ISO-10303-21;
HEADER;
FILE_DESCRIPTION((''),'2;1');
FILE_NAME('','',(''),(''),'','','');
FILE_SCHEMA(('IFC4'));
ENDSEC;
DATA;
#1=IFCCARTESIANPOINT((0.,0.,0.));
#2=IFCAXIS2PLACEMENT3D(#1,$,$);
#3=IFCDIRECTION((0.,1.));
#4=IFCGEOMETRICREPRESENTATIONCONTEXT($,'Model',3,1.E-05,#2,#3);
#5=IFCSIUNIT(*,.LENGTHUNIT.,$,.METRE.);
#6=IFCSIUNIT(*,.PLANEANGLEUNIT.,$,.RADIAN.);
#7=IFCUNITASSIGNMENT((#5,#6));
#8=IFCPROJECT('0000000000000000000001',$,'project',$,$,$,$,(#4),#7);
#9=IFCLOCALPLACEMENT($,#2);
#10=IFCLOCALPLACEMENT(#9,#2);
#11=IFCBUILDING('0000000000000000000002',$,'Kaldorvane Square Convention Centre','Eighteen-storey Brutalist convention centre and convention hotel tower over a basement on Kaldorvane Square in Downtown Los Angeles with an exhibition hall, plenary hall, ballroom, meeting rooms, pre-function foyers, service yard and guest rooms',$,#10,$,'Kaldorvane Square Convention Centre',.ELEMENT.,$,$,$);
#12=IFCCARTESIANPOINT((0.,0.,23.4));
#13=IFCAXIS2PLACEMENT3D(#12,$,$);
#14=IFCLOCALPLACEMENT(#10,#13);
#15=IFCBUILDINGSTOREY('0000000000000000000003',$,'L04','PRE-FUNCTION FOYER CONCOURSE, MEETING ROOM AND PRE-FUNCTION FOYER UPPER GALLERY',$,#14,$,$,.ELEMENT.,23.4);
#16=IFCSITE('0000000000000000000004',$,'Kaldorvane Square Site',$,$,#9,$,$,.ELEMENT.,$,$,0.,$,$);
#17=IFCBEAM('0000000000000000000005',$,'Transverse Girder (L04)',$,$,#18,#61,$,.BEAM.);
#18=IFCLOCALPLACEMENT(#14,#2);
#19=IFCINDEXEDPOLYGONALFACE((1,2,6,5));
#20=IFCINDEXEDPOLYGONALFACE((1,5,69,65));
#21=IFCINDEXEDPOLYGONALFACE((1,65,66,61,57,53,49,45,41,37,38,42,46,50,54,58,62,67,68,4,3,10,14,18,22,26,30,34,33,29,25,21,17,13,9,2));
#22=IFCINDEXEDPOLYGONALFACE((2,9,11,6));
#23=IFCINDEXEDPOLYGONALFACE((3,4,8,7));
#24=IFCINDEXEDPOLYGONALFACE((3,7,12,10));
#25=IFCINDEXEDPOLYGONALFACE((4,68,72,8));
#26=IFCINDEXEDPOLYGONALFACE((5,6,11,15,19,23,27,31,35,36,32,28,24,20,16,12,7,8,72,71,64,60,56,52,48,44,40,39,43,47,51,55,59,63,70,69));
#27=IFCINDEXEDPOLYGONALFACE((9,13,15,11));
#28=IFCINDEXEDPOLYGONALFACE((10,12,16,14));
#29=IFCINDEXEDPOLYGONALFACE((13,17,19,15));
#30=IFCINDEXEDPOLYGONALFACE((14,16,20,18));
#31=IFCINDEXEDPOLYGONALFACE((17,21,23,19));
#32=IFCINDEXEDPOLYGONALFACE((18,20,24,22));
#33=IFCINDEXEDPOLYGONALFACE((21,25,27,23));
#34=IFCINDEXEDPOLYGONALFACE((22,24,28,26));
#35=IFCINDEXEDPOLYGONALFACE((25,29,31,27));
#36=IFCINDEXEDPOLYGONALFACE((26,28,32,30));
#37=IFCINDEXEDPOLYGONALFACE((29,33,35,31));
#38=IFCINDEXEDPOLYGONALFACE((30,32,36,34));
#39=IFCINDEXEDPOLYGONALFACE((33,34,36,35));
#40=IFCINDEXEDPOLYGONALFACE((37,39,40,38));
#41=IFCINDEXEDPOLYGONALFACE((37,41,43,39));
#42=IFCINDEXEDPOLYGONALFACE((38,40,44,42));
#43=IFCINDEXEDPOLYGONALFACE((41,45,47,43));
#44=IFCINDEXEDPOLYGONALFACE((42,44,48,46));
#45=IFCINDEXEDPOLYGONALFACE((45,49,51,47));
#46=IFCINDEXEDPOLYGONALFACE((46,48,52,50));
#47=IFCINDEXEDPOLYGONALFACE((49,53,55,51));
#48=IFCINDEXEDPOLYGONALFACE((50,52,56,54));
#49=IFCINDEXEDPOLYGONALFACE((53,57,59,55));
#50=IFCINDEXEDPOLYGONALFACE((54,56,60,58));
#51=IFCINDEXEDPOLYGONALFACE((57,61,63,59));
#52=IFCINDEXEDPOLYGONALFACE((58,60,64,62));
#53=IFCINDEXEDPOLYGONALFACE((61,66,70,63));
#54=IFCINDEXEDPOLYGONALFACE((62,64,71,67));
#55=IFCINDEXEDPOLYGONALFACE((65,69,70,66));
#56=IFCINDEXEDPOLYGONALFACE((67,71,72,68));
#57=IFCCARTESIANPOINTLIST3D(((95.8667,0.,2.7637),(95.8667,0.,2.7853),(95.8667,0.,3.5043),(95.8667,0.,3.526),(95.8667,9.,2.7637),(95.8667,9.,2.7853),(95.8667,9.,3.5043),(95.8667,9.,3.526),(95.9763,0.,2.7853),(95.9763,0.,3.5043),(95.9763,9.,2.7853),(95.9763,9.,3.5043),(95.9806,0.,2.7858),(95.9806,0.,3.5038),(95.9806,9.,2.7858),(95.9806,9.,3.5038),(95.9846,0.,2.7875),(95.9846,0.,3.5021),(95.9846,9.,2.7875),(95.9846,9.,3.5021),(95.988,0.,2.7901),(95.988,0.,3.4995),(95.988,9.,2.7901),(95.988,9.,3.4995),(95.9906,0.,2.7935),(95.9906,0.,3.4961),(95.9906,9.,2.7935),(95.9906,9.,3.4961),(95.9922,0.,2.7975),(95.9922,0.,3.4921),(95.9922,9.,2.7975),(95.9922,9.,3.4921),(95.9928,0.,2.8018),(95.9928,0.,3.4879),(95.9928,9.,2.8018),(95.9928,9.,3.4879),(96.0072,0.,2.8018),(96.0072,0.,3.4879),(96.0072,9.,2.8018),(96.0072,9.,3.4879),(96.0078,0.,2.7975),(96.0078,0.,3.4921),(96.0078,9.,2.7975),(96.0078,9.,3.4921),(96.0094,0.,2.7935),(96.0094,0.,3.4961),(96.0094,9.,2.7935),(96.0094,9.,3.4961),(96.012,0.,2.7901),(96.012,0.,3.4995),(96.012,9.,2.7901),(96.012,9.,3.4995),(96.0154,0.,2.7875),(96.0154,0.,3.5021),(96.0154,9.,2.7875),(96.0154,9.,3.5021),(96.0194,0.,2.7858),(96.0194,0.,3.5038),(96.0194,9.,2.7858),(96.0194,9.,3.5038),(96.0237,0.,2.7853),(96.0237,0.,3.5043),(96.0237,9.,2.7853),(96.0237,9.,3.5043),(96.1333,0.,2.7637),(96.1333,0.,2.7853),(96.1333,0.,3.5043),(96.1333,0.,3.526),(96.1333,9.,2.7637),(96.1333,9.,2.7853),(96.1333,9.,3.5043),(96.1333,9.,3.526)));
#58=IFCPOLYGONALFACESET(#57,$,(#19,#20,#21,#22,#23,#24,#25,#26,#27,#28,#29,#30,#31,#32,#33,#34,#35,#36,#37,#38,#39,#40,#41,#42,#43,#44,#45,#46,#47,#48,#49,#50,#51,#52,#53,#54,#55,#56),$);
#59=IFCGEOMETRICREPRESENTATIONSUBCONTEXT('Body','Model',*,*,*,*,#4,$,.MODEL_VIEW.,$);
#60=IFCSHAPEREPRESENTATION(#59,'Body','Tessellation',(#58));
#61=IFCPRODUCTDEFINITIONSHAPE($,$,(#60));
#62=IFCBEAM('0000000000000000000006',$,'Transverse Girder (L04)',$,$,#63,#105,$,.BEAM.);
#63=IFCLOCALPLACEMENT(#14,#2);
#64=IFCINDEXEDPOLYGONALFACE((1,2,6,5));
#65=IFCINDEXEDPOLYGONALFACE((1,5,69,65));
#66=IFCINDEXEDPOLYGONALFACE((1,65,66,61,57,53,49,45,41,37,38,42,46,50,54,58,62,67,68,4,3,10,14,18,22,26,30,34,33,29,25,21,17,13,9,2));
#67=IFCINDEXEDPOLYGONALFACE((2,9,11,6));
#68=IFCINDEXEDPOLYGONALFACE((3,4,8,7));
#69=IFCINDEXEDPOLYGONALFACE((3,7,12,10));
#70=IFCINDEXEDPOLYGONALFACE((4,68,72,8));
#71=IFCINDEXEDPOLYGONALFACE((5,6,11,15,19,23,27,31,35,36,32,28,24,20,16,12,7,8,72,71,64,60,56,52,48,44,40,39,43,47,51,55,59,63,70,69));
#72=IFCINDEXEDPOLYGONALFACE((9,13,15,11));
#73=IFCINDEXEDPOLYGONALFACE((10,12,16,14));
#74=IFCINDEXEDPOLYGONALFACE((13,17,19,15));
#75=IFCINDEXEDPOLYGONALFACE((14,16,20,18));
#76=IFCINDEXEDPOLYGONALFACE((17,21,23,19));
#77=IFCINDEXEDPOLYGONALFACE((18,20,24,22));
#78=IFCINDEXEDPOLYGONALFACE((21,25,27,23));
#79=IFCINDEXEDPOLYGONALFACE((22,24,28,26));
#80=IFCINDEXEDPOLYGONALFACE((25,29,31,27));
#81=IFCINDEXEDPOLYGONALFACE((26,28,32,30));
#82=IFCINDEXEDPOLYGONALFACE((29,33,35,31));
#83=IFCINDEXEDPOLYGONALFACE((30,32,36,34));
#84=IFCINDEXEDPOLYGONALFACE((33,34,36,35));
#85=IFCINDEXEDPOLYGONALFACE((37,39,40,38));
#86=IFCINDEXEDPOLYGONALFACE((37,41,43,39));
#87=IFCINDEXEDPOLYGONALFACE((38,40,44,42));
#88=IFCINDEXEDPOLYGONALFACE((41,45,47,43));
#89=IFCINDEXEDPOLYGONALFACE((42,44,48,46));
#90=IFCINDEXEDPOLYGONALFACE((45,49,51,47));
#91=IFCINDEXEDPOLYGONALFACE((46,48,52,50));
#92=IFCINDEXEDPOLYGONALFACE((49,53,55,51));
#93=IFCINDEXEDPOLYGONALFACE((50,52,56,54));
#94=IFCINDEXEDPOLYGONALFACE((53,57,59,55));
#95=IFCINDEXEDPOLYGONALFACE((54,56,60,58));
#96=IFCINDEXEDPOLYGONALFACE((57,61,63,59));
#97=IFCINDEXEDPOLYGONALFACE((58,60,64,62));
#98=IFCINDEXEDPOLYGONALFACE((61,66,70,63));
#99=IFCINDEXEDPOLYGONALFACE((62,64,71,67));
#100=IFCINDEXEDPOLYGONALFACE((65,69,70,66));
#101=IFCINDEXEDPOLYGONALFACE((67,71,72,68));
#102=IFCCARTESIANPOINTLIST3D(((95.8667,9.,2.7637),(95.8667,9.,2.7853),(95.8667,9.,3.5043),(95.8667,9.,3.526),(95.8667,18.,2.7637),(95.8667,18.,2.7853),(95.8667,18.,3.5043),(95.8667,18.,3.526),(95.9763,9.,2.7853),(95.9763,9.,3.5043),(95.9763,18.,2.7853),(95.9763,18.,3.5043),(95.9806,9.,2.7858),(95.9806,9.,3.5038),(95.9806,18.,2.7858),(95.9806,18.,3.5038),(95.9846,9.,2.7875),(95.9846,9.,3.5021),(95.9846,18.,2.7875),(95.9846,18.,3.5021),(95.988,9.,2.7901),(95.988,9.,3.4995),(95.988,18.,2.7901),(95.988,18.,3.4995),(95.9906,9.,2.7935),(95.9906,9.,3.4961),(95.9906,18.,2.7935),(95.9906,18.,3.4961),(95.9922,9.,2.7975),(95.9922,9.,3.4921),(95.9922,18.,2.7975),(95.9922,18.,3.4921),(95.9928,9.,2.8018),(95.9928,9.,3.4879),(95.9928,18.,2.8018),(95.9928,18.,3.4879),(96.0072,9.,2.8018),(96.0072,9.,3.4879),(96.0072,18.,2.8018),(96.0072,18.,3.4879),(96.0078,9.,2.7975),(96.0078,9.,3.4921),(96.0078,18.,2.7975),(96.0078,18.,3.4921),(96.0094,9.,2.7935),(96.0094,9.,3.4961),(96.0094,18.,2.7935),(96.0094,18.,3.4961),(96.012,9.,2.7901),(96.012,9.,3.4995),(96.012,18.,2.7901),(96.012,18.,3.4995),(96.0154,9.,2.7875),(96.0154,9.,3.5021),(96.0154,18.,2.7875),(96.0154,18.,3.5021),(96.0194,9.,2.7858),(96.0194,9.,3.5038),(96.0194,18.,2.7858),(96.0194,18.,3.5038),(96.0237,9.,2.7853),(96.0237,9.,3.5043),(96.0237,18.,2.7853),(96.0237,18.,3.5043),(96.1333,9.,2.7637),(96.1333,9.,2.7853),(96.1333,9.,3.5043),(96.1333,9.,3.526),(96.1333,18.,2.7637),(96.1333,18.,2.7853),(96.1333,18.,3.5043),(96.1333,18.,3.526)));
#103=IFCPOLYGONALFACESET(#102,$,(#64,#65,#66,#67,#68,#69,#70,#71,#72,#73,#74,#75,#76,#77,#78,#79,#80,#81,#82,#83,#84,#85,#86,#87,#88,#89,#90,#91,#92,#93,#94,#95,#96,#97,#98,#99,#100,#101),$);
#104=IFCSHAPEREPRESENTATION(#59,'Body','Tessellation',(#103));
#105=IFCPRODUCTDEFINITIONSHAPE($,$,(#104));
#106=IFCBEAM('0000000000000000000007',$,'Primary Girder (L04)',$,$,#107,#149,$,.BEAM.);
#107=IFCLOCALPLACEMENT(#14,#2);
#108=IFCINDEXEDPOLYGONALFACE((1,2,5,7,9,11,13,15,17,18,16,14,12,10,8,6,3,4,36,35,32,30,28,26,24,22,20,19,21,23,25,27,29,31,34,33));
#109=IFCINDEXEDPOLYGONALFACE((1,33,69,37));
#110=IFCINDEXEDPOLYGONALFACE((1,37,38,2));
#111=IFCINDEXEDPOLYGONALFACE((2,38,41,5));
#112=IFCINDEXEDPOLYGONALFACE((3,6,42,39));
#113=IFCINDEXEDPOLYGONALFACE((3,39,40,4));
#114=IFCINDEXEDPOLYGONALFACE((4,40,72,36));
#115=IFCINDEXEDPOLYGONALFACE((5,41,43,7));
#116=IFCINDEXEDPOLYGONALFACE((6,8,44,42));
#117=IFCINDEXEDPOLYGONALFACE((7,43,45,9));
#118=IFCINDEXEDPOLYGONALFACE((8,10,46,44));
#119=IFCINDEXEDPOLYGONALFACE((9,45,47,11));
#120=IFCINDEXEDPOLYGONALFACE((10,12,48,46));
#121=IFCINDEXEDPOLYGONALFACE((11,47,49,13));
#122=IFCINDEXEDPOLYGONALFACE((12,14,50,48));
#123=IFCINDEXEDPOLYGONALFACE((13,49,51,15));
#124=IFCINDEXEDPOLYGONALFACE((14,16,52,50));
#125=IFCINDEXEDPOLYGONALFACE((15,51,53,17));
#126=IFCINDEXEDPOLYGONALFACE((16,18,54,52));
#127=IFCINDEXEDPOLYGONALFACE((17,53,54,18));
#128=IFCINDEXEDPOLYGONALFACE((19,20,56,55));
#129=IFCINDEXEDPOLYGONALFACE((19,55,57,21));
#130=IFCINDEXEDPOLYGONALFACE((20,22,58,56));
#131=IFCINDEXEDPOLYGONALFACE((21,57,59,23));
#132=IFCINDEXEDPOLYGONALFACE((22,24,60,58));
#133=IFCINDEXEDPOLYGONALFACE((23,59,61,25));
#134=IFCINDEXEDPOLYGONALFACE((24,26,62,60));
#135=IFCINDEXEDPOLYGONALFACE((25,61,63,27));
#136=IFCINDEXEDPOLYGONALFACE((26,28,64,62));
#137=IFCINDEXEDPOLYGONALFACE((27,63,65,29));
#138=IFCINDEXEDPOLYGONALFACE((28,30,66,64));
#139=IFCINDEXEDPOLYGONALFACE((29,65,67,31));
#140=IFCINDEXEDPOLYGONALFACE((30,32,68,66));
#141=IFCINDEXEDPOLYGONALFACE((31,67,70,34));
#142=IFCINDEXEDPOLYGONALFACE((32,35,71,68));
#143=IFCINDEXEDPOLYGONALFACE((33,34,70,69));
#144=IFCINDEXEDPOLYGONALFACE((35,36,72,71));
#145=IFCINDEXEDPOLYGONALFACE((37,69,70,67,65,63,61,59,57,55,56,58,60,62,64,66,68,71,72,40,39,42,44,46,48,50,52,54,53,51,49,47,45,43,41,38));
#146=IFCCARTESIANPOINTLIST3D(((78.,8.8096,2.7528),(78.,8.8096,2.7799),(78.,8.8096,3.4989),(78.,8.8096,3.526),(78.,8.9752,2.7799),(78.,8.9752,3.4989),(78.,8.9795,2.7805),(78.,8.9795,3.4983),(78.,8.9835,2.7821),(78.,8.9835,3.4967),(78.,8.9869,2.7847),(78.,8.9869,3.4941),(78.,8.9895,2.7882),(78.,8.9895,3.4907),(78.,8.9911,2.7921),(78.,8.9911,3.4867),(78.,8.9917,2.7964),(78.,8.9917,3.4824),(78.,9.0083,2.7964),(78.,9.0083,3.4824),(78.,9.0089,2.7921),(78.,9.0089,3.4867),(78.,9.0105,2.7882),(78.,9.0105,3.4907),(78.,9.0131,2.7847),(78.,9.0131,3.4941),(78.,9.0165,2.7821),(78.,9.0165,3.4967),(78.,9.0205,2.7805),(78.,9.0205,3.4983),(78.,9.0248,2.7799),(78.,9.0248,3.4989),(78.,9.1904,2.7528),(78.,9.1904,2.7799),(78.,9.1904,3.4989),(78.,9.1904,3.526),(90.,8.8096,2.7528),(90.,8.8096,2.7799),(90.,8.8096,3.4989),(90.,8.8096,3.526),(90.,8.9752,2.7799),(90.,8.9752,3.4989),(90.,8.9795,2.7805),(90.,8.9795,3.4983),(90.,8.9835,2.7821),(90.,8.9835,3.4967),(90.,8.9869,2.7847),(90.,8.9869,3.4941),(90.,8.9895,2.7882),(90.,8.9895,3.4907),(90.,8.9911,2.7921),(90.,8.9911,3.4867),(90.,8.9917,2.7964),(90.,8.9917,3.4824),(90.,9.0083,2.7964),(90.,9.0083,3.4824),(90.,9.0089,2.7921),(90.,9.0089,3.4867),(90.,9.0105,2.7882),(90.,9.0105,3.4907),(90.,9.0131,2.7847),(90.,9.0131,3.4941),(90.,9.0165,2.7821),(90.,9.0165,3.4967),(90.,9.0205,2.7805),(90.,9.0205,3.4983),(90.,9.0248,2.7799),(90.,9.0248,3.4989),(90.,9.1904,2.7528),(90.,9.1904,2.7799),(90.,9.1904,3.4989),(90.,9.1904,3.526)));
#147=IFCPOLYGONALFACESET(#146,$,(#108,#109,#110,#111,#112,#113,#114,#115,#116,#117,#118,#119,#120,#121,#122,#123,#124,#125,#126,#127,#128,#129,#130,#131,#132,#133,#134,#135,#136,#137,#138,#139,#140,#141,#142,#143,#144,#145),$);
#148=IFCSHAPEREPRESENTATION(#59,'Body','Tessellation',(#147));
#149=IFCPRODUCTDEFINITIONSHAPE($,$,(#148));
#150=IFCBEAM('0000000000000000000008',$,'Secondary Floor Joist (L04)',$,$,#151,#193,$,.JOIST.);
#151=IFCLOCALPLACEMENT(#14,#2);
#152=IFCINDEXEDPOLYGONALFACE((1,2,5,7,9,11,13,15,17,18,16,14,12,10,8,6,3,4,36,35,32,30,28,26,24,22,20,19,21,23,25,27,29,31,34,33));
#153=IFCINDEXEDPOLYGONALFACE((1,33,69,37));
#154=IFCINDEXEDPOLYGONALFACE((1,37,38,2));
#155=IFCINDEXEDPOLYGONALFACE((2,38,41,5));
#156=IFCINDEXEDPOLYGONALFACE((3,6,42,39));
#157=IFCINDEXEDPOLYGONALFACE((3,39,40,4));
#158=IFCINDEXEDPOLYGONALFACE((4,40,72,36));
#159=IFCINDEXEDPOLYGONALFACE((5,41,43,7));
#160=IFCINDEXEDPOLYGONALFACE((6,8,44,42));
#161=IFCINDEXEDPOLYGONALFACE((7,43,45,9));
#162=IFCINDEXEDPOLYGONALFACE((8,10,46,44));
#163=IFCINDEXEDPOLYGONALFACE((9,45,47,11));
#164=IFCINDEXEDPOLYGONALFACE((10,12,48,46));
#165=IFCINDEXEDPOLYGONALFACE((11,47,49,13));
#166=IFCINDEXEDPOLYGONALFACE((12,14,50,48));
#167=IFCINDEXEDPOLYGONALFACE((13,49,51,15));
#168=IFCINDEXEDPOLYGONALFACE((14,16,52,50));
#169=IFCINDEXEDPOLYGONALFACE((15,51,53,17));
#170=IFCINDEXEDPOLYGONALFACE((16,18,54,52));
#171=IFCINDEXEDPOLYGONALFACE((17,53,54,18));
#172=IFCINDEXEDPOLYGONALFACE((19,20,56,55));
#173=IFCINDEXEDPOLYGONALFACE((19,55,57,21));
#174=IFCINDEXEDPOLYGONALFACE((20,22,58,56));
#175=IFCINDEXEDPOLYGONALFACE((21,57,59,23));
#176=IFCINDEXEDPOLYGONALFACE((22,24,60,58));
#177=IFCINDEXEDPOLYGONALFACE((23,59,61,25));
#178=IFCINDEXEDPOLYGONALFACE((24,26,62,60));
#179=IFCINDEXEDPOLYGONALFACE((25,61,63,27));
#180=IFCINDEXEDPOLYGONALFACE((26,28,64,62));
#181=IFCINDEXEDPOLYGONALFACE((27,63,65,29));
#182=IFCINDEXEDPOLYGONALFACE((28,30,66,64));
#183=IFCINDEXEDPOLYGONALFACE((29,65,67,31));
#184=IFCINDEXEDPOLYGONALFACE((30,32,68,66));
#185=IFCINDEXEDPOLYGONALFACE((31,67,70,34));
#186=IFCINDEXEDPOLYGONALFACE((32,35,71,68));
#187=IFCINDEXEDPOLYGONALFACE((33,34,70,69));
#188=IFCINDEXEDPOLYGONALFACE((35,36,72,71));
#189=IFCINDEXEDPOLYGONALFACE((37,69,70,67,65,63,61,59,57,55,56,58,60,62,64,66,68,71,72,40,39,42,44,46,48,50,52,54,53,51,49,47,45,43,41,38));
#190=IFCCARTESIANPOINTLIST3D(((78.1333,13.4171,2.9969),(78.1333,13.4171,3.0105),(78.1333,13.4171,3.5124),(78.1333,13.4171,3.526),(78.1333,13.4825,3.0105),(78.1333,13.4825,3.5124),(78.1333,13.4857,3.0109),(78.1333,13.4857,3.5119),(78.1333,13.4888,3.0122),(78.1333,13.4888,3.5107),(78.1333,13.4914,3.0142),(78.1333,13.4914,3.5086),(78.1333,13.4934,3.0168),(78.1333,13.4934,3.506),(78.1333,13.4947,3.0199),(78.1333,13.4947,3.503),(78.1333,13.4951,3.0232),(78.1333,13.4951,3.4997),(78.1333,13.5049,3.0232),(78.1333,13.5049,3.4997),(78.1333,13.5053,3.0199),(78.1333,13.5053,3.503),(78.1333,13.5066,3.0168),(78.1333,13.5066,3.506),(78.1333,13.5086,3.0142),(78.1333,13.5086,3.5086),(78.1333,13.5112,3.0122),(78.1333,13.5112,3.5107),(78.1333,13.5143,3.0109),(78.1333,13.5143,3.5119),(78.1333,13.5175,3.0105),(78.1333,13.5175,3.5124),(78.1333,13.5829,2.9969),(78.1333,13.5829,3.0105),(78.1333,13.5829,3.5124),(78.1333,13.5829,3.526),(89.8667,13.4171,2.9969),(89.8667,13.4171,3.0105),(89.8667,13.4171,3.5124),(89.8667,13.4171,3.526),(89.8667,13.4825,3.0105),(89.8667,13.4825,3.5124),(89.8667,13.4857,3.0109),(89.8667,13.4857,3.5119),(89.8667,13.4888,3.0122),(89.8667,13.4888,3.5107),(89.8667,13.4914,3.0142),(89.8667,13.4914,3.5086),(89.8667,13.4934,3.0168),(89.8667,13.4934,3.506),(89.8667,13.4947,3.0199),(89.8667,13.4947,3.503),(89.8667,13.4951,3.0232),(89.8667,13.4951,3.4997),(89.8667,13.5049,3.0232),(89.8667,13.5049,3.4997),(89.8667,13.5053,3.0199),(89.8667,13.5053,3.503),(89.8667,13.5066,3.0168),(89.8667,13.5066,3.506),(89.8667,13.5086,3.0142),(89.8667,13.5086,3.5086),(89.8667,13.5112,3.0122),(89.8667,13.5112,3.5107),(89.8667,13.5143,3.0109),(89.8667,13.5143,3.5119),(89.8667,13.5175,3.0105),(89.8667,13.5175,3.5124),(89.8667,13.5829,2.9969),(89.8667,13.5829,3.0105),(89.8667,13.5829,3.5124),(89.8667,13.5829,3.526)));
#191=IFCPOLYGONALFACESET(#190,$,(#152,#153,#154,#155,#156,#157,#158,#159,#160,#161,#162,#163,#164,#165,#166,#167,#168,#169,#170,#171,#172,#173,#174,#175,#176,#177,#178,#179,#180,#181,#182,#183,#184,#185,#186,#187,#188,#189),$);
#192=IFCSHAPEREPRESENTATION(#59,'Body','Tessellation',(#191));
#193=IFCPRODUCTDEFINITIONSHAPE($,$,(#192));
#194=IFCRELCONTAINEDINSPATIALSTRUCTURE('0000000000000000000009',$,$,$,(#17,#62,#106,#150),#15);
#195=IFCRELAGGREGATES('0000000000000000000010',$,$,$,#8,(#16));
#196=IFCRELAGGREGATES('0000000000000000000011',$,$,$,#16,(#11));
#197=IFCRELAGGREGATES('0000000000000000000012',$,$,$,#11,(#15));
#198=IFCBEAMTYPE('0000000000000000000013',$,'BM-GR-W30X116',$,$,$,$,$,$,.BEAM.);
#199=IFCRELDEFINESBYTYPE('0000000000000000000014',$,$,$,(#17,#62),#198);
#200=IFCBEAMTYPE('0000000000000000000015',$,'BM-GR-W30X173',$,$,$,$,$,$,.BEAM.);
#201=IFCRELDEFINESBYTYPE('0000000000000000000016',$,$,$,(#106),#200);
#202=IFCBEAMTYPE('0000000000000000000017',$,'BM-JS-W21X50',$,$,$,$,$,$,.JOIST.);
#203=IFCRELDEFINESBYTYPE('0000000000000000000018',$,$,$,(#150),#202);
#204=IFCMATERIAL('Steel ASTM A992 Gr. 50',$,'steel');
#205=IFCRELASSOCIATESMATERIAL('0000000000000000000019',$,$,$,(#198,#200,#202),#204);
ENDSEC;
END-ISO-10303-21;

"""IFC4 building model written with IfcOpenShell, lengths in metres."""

from ifc_helpers import new_model, si_unit, direction, frame, origin, origin_2d, place, context, subcontext, project, spatial, i_section, extrude, material, material_profile, profile_set, type_object, element, save


model = new_model("IFC4")

# Units and contexts
model_context = context("Model", 3, precision=1e-05, world=origin(), true_north=direction((0.0, 1.0)))
body_context = subcontext(model_context, "Body", "Model", "MODEL_VIEW")
ifc_project = project(units=[si_unit("LENGTHUNIT", "METRE"), si_unit("PLANEANGLEUNIT", "RADIAN")], contexts=[model_context])

# Site, building, storey
site_placement = place(None, origin())
site = spatial("IfcSite", under=ifc_project, at=site_placement, Name="Kaldorvane Square Site", CompositionType="ELEMENT", RefElevation=0.0)
building_placement = place(site_placement, origin())
building = spatial("IfcBuilding", under=site, at=building_placement, Name="Kaldorvane Square Convention Centre", Description="Eighteen-storey Brutalist convention centre and convention hotel tower over a basement on Kaldorvane Square in Downtown Los Angeles with an exhibition hall, plenary hall, ballroom, meeting rooms, pre-function foyers, service yard and guest rooms", LongName="Kaldorvane Square Convention Centre", CompositionType="ELEMENT")
storey_placement = place(building_placement, frame((0.0, 0.0, 23.4)))
storey = spatial("IfcBuildingStorey", under=building, at=storey_placement, Name="L04", Description="PRE-FUNCTION FOYER CONCOURSE, MEETING ROOM AND PRE-FUNCTION FOYER UPPER GALLERY", CompositionType="ELEMENT", Elevation=23.4)

# Shared definitions
ifc_material_1 = material(Name="Steel ASTM A992 Gr. 50", Category="steel")

# Beams
ifc_material_profile_1 = material_profile(ifc_material_1, i_section(OverallWidth=0.2666, OverallDepth=0.7623, WebThickness=0.0144, FlangeThickness=0.0216, FilletRadius=0.0165, at=origin_2d()), Name="W30X116")
ifc_profile_set_1 = profile_set([ifc_material_profile_1], Name="Steel ASTM A992 Gr. 50")
beam_type_1 = type_object("IfcBeamType", Name="BM-GR-W30X116", PredefinedType="BEAM", material=ifc_profile_set_1)
for number, where, z_axis, x_axis, name in (
    (1, (96.0, 0.0, 3.1448), (0.0, 1.0, 0.0), (-1.0, 0.0, 0.0), "Transverse Girder (L04)"),
    (2, (96.0, 9.0, 3.1448), (0.0, 1.0, 0.0), (-1.0, 0.0, 0.0), "Transverse Girder (L04)"),
):
    element("IfcBeam", number, at=place(storey_placement, frame(where, z_axis=z_axis, x_axis=x_axis)), inside=storey, type_object=beam_type_1, Name=name, PredefinedType="BEAM", context=body_context, shape_type="SweptSolid", body=[
        extrude(i_section(OverallWidth=0.2666, OverallDepth=0.7623, WebThickness=0.0144, FlangeThickness=0.0216, FilletRadius=0.0165, at=origin_2d()), origin(), (0.0, 0.0, 1.0), 9.0),
    ])
ifc_material_profile_2 = material_profile(ifc_material_1, i_section(OverallWidth=0.3807, OverallDepth=0.7732, WebThickness=0.0166, FlangeThickness=0.0271, FilletRadius=0.0165, at=origin_2d()), Name="W30X173")
ifc_profile_set_2 = profile_set([ifc_material_profile_2], Name="Steel ASTM A992 Gr. 50")
beam_type_2 = type_object("IfcBeamType", Name="BM-GR-W30X173", PredefinedType="BEAM", material=ifc_profile_set_2)
beam_1_placement = place(storey_placement, frame((78.0, 9.0, 3.1394), z_axis=(1.0, 0.0, 0.0), x_axis=(0.0, 1.0, 0.0)))
element("IfcBeam", 3, at=beam_1_placement, inside=storey, type_object=beam_type_2, Name="Primary Girder (L04)", PredefinedType="BEAM", context=body_context, shape_type="SweptSolid", body=[
    extrude(i_section(OverallWidth=0.3807, OverallDepth=0.7732, WebThickness=0.0166, FlangeThickness=0.0271, FilletRadius=0.0165, at=origin_2d()), origin(), (0.0, 0.0, 1.0), 12.0),
])
ifc_material_profile_3 = material_profile(ifc_material_1, i_section(OverallWidth=0.1659, OverallDepth=0.5291, WebThickness=0.0097, FlangeThickness=0.0136, FilletRadius=0.0127, at=origin_2d()), Name="W21X50")
ifc_profile_set_3 = profile_set([ifc_material_profile_3], Name="Steel ASTM A992 Gr. 50")
beam_type_3 = type_object("IfcBeamType", Name="BM-JS-W21X50", PredefinedType="JOIST", material=ifc_profile_set_3)
beam_2_placement = place(storey_placement, frame((78.1333, 13.5, 3.2614), z_axis=(1.0, 0.0, 0.0), x_axis=(0.0, 1.0, 0.0)))
element("IfcBeam", 4, at=beam_2_placement, inside=storey, type_object=beam_type_3, Name="Secondary Floor Joist (L04)", PredefinedType="JOIST", context=body_context, shape_type="SweptSolid", body=[
    extrude(i_section(OverallWidth=0.1659, OverallDepth=0.5291, WebThickness=0.0097, FlangeThickness=0.0136, FilletRadius=0.0127, at=origin_2d()), origin(), (0.0, 0.0, 1.0), 11.7334),
])

save(model, "model.ifc")
